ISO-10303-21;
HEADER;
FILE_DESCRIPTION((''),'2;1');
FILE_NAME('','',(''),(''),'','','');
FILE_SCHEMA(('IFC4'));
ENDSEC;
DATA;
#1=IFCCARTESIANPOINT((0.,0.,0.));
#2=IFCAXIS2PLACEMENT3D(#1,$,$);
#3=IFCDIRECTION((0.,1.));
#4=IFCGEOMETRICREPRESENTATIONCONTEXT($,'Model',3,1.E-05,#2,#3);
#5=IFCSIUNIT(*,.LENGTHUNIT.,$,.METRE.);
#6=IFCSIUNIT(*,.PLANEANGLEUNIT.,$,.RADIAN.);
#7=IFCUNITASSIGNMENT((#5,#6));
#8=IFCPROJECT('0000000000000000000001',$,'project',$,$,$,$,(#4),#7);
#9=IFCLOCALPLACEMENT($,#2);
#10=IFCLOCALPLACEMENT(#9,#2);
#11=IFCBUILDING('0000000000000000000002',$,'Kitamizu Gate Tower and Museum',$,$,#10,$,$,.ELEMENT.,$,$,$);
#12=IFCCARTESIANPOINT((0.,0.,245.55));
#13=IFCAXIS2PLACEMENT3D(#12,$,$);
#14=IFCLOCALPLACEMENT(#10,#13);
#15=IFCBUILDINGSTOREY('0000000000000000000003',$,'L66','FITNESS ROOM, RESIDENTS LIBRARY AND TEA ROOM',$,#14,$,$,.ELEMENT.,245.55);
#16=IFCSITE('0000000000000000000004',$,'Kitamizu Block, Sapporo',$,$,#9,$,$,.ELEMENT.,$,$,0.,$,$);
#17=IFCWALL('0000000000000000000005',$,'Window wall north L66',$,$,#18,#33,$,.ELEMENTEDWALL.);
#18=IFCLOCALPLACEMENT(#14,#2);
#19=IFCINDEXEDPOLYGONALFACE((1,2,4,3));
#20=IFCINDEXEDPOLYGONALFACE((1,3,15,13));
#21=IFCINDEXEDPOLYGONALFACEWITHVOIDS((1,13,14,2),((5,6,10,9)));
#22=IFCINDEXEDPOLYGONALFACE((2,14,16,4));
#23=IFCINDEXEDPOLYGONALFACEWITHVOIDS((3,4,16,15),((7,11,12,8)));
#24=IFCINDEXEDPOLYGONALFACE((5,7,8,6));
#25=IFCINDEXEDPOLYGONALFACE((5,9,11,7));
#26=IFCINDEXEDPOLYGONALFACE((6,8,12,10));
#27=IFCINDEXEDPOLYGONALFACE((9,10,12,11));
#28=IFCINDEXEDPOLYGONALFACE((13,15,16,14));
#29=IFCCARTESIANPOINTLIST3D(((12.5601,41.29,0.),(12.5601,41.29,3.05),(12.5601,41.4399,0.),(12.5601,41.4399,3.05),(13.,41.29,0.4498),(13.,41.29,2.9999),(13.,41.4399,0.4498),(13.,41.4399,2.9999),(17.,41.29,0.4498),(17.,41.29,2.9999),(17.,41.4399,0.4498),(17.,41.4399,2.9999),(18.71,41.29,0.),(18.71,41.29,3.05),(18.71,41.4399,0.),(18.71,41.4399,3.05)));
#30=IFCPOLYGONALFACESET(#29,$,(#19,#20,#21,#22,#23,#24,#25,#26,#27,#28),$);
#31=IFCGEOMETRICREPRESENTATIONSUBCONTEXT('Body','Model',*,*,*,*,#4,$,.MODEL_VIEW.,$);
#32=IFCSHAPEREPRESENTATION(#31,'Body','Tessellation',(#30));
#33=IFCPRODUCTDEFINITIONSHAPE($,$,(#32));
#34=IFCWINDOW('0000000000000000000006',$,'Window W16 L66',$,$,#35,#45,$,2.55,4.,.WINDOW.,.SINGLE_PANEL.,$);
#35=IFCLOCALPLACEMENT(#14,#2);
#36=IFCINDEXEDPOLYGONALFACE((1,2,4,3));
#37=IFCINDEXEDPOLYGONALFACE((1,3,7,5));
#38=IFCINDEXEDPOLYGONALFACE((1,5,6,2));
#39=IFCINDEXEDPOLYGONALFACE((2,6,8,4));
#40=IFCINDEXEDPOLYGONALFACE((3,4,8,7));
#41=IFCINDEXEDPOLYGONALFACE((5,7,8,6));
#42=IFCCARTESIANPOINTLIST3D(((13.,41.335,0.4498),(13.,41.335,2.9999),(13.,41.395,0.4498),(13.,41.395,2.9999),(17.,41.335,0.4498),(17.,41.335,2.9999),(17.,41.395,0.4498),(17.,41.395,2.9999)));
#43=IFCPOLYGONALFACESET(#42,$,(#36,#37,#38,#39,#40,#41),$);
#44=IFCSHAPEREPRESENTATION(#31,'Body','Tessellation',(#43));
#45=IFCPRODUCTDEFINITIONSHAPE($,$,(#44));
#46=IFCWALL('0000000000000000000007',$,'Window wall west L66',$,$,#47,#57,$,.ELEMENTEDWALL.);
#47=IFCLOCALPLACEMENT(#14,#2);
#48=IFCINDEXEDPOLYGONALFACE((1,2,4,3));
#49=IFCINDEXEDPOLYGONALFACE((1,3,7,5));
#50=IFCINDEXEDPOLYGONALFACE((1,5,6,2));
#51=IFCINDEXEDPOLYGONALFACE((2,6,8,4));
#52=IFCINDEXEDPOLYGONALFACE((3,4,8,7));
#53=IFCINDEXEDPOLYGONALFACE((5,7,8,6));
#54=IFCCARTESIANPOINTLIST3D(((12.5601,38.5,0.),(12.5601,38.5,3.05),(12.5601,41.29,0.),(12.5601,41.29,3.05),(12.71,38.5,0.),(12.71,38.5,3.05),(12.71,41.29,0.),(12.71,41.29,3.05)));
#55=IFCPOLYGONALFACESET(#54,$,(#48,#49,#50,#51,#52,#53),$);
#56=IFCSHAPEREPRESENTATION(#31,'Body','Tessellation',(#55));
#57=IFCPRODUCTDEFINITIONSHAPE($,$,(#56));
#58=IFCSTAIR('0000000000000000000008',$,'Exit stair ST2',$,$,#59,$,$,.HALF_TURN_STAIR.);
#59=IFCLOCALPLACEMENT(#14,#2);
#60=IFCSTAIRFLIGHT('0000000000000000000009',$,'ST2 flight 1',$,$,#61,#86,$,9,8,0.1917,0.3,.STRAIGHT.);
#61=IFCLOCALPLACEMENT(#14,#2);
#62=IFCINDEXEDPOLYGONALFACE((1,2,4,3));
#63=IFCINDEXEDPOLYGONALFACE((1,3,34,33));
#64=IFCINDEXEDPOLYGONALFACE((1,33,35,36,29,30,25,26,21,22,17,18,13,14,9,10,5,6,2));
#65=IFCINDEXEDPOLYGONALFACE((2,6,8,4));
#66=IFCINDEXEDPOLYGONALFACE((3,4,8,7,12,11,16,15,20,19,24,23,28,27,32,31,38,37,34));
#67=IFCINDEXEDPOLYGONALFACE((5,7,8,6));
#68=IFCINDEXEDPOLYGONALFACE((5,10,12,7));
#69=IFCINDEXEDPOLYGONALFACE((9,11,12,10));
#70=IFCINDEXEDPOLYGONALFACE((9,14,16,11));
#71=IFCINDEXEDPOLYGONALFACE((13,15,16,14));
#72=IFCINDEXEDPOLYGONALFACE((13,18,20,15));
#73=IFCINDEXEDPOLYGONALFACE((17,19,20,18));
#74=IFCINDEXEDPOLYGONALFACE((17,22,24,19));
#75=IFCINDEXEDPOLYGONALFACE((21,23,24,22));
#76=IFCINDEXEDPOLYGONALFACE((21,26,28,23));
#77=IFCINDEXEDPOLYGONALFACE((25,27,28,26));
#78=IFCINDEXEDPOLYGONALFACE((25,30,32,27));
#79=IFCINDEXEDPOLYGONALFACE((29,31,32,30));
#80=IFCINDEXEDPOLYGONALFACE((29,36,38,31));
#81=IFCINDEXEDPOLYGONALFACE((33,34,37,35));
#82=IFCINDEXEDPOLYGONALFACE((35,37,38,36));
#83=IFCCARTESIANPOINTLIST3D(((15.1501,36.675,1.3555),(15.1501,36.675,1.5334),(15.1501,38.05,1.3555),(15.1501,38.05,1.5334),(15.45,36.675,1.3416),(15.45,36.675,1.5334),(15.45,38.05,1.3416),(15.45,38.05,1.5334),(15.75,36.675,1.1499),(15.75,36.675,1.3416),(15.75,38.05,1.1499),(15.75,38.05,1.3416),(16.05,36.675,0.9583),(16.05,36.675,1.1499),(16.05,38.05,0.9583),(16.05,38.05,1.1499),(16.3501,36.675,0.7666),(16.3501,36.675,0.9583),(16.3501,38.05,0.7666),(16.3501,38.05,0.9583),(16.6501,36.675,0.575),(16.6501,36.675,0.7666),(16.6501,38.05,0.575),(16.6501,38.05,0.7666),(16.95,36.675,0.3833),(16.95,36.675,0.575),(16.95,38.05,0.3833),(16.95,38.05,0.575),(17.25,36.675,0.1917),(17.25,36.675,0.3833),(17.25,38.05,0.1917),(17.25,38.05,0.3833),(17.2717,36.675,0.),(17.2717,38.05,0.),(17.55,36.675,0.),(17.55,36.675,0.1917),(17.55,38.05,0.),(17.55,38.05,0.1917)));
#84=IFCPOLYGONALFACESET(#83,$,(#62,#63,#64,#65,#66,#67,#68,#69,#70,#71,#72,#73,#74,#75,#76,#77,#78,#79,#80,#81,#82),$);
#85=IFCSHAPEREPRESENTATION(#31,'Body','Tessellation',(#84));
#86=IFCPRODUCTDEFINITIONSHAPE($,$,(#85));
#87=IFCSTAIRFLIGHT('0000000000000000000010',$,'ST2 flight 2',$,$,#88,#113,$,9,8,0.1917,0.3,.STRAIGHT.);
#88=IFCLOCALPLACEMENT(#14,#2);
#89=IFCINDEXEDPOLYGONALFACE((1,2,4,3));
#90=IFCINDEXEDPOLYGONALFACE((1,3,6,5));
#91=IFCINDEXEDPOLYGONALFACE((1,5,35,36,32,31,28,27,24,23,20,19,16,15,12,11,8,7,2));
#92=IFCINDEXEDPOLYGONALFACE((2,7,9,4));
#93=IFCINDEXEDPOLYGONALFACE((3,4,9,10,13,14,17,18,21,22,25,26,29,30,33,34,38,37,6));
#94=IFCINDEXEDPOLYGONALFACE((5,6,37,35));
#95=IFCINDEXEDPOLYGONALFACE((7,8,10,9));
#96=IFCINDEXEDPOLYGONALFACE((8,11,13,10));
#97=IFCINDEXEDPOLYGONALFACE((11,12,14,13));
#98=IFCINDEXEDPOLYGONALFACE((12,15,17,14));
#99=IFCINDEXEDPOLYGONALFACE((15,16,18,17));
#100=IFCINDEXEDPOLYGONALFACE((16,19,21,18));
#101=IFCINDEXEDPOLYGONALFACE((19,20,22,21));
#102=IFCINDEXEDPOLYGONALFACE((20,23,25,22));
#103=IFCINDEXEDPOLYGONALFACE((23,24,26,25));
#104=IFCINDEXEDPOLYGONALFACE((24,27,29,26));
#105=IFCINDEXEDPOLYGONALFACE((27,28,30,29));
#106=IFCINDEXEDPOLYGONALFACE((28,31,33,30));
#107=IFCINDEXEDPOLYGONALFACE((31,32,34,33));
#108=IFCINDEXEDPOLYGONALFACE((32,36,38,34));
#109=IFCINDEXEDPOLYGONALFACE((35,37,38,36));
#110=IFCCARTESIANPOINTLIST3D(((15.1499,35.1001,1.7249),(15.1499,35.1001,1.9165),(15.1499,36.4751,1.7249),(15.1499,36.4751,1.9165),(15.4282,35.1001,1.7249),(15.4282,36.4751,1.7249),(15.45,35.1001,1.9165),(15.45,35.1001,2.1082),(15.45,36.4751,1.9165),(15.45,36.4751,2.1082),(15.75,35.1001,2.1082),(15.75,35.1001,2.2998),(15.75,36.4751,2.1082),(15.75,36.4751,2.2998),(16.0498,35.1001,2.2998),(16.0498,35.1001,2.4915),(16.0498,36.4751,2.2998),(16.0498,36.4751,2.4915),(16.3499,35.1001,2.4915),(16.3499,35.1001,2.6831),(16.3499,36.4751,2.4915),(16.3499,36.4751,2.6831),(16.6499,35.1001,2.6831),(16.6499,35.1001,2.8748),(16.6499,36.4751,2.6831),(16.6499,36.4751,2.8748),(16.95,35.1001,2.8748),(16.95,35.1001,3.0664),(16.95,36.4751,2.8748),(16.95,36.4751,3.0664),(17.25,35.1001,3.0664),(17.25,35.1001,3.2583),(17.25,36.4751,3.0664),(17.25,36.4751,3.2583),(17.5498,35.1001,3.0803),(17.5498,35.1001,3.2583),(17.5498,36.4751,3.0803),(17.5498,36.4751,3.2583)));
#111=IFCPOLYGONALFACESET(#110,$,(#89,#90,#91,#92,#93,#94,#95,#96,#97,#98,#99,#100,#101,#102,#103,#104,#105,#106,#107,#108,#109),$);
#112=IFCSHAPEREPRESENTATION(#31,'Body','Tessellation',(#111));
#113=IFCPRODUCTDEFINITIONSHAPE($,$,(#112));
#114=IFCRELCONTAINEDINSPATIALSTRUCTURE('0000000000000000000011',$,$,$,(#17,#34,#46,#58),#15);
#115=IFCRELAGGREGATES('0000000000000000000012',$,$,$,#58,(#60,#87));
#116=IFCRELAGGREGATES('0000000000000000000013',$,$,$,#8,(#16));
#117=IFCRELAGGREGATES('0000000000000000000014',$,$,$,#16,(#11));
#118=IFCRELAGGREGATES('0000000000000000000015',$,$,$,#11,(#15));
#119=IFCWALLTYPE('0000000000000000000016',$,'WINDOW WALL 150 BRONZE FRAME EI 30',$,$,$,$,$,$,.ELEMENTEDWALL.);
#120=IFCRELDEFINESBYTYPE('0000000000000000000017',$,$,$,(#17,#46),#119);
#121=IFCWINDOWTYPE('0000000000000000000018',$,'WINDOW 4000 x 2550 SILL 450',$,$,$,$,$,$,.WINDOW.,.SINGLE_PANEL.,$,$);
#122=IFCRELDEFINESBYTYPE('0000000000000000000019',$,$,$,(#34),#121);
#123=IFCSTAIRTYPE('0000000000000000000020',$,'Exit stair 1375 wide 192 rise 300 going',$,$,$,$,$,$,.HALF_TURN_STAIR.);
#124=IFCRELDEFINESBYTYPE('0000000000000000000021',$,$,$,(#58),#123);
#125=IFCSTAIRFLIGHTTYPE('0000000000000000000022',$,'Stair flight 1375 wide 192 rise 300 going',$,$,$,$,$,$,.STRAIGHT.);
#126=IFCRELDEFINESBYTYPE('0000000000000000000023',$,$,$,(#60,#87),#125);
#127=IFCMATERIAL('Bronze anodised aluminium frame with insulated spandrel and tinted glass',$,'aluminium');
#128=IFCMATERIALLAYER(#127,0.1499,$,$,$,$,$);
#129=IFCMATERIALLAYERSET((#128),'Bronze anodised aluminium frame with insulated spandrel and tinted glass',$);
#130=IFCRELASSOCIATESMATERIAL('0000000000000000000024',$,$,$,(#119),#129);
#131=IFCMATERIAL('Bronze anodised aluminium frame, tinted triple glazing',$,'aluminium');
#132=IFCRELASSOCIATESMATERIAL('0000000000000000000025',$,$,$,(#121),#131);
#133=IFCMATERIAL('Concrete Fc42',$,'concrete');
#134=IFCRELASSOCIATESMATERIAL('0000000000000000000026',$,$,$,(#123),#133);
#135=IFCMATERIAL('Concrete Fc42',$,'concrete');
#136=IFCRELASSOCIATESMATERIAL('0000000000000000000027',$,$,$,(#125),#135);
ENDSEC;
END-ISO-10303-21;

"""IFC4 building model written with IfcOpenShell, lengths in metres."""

from ifc_helpers import new_model, si_unit, direction, frame, frame_2d, origin, place, context, subcontext, project, spatial, polyline, rectangle, outline, extrude, material, layer, layer_set, type_object, element, fill, aggregate, save


model = new_model("IFC4")

# Units and contexts
model_context = context("Model", 3, precision=1e-05, world=origin(), true_north=direction((0.0, 1.0)))
body_context = subcontext(model_context, "Body", "Model", "MODEL_VIEW")
ifc_project = project(units=[si_unit("LENGTHUNIT", "METRE"), si_unit("PLANEANGLEUNIT", "RADIAN")], contexts=[model_context])

# Site, building, storey
site_placement = place(None, origin())
site = spatial("IfcSite", under=ifc_project, at=site_placement, Name="Kitamizu Block, Sapporo", CompositionType="ELEMENT", RefElevation=0.0)
building_placement = place(site_placement, origin())
building = spatial("IfcBuilding", under=site, at=building_placement, Name="Kitamizu Gate Tower and Museum", CompositionType="ELEMENT")
storey_placement = place(building_placement, frame((0.0, 0.0, 245.55)))
storey = spatial("IfcBuildingStorey", under=building, at=storey_placement, Name="L66", Description="FITNESS ROOM, RESIDENTS LIBRARY AND TEA ROOM", CompositionType="ELEMENT", Elevation=245.55)

# Shared definitions
ifc_material_1 = material(Name="Bronze anodised aluminium frame with insulated spandrel and tinted glass", Category="aluminium")
ifc_layer_1 = layer(ifc_material_1, 0.1499)
ifc_layer_set_1 = layer_set([ifc_layer_1], Name="Bronze anodised aluminium frame with insulated spandrel and tinted glass")
wall_type_1 = type_object("IfcWallType", Name="WINDOW WALL 150 BRONZE FRAME EI 30", PredefinedType="ELEMENTEDWALL", material=ifc_layer_set_1)

# Wall, opening, window
wall_1_placement = place(storey_placement, frame((12.5601, 41.365, 0.0), z_axis=(0.0, 0.0, 1.0), x_axis=(1.0, 0.0, 0.0)))
wall_1 = element("IfcWall", 1, at=wall_1_placement, inside=storey, type_object=wall_type_1, Name="Window wall north L66", PredefinedType="ELEMENTEDWALL", context=body_context, shape_type="SweptSolid", body=[
    extrude(rectangle(XDim=6.1499, YDim=0.1499, at=frame_2d((3.075, 0.0))), origin(), (0.0, 0.0, 1.0), 3.05),
])
opening_1_placement = place(wall_1_placement, frame((0.4399, 0.0, 0.45)))
opening_1 = element("IfcOpeningElement", 2, at=opening_1_placement, cuts=wall_1, PredefinedType="OPENING", context=body_context, shape_type="SweptSolid", body=[
    extrude(rectangle(XDim=4.0, YDim=2.55, at=frame_2d((2.0, 1.2749))), frame((0.0, 0.085, 0.0), z_axis=(0.0, -1.0, 0.0), x_axis=(1.0, 0.0, 0.0)), (0.0, 0.0, 1.0), 0.1699),
])
ifc_material_2 = material(Name="Bronze anodised aluminium frame, tinted triple glazing", Category="aluminium")
window_type_1 = type_object("IfcWindowType", Name="WINDOW 4000 x 2550 SILL 450", PartitioningType="SINGLE_PANEL", PredefinedType="WINDOW", material=ifc_material_2)
window_1_placement = place(opening_1_placement, origin())
window_1 = element("IfcWindow", 3, at=window_1_placement, inside=storey, type_object=window_type_1, Name="Window W16 L66", OverallHeight=2.55, OverallWidth=4.0, PartitioningType="SINGLE_PANEL", PredefinedType="WINDOW", context=body_context, shape_type="SweptSolid", body=[
    extrude(rectangle(XDim=4.0, YDim=2.55, at=frame_2d((2.0, 1.2749))), frame((0.0, 0.03, 0.0), z_axis=(0.0, -1.0, 0.0), x_axis=(1.0, 0.0, 0.0)), (0.0, 0.0, 1.0), 0.0601),
])
fill(opening_1, window_1)

# Wall
wall_2_placement = place(storey_placement, frame((12.635, 38.5, 0.0), z_axis=(0.0, 0.0, 1.0), x_axis=(0.0, 1.0, 0.0)))
element("IfcWall", 4, at=wall_2_placement, inside=storey, type_object=wall_type_1, Name="Window wall west L66", PredefinedType="ELEMENTEDWALL", context=body_context, shape_type="SweptSolid", body=[
    extrude(rectangle(XDim=2.79, YDim=0.1499, at=frame_2d((1.395, 0.0))), origin(), (0.0, 0.0, 1.0), 3.05),
])

# Stair, stair flights
ifc_material_3 = material(Name="Concrete Fc42", Category="concrete")
stair_type = type_object("IfcStairType", Name="Exit stair 1375 wide 192 rise 300 going", PredefinedType="HALF_TURN_STAIR", material=ifc_material_3)
stair_placement = place(storey_placement, origin())
stair = element("IfcStair", 5, at=stair_placement, inside=storey, type_object=stair_type, Name="Exit stair ST2", PredefinedType="HALF_TURN_STAIR")
ifc_material_4 = material(Name="Concrete Fc42", Category="concrete")
stair_flight_type = type_object("IfcStairFlightType", Name="Stair flight 1375 wide 192 rise 300 going", PredefinedType="STRAIGHT", material=ifc_material_4)
stair_flight_1_placement = place(storey_placement, frame((17.55, 37.3625, 0.0), z_axis=(0.0, 0.0, 1.0), x_axis=(-1.0, 0.0, 0.0)))
stair_flight_1 = element("IfcStairFlight", 6, at=stair_flight_1_placement, type_object=stair_flight_type, Name="ST2 flight 1", NumberOfRisers=9, NumberOfTreads=8, PredefinedType="STRAIGHT", RiserHeight=0.1917, TreadLength=0.3, context=body_context, shape_type="SweptSolid", body=[
    extrude(outline(polyline([(0.0, 0.0), (0.0, 0.1917), (0.3, 0.1917), (0.3, 0.3833), (0.6001, 0.3833), (0.6001, 0.575), (0.8999, 0.575), (0.8999, 0.7666), (1.2, 0.7666), (1.2, 0.9583), (1.5, 0.9583), (1.5, 1.1499), (1.8, 1.1499), (1.8, 1.3416), (2.1001, 1.3416), (2.1001, 1.5334), (2.3999, 1.5334), (2.3999, 1.7251), (2.3999, 1.3555), (0.2783, 0.0), (0.0, 0.0)])), frame((0.0, 0.6875, 0.0), z_axis=(0.0, -1.0, 0.0), x_axis=(1.0, 0.0, 0.0)), (0.0, 0.0, 1.0), 1.375),
])
stair_flight_2_placement = place(storey_placement, frame((15.1499, 35.7876, 1.7249), z_axis=(0.0, 0.0, 1.0), x_axis=(1.0, 0.0, 0.0)))
stair_flight_2 = element("IfcStairFlight", 7, at=stair_flight_2_placement, type_object=stair_flight_type, Name="ST2 flight 2", NumberOfRisers=9, NumberOfTreads=8, PredefinedType="STRAIGHT", RiserHeight=0.1917, TreadLength=0.3, context=body_context, shape_type="SweptSolid", body=[
    extrude(outline(polyline([(0.0, 0.0), (0.0, 0.1917), (0.3, 0.1917), (0.3, 0.3833), (0.6001, 0.3833), (0.6001, 0.575), (0.8999, 0.575), (0.8999, 0.7666), (1.2, 0.7666), (1.2, 0.9583), (1.5, 0.9583), (1.5, 1.1499), (1.8, 1.1499), (1.8, 1.3416), (2.1001, 1.3416), (2.1001, 1.5334), (2.3999, 1.5334), (2.3999, 1.7251), (2.3999, 1.3555), (0.2783, 0.0), (0.0, 0.0)])), frame((0.0, 0.6875, 0.0), z_axis=(0.0, -1.0, 0.0), x_axis=(1.0, 0.0, 0.0)), (0.0, 0.0, 1.0), 1.375),
])
aggregate(stair, [stair_flight_1, stair_flight_2])

save(model, "model.ifc")
